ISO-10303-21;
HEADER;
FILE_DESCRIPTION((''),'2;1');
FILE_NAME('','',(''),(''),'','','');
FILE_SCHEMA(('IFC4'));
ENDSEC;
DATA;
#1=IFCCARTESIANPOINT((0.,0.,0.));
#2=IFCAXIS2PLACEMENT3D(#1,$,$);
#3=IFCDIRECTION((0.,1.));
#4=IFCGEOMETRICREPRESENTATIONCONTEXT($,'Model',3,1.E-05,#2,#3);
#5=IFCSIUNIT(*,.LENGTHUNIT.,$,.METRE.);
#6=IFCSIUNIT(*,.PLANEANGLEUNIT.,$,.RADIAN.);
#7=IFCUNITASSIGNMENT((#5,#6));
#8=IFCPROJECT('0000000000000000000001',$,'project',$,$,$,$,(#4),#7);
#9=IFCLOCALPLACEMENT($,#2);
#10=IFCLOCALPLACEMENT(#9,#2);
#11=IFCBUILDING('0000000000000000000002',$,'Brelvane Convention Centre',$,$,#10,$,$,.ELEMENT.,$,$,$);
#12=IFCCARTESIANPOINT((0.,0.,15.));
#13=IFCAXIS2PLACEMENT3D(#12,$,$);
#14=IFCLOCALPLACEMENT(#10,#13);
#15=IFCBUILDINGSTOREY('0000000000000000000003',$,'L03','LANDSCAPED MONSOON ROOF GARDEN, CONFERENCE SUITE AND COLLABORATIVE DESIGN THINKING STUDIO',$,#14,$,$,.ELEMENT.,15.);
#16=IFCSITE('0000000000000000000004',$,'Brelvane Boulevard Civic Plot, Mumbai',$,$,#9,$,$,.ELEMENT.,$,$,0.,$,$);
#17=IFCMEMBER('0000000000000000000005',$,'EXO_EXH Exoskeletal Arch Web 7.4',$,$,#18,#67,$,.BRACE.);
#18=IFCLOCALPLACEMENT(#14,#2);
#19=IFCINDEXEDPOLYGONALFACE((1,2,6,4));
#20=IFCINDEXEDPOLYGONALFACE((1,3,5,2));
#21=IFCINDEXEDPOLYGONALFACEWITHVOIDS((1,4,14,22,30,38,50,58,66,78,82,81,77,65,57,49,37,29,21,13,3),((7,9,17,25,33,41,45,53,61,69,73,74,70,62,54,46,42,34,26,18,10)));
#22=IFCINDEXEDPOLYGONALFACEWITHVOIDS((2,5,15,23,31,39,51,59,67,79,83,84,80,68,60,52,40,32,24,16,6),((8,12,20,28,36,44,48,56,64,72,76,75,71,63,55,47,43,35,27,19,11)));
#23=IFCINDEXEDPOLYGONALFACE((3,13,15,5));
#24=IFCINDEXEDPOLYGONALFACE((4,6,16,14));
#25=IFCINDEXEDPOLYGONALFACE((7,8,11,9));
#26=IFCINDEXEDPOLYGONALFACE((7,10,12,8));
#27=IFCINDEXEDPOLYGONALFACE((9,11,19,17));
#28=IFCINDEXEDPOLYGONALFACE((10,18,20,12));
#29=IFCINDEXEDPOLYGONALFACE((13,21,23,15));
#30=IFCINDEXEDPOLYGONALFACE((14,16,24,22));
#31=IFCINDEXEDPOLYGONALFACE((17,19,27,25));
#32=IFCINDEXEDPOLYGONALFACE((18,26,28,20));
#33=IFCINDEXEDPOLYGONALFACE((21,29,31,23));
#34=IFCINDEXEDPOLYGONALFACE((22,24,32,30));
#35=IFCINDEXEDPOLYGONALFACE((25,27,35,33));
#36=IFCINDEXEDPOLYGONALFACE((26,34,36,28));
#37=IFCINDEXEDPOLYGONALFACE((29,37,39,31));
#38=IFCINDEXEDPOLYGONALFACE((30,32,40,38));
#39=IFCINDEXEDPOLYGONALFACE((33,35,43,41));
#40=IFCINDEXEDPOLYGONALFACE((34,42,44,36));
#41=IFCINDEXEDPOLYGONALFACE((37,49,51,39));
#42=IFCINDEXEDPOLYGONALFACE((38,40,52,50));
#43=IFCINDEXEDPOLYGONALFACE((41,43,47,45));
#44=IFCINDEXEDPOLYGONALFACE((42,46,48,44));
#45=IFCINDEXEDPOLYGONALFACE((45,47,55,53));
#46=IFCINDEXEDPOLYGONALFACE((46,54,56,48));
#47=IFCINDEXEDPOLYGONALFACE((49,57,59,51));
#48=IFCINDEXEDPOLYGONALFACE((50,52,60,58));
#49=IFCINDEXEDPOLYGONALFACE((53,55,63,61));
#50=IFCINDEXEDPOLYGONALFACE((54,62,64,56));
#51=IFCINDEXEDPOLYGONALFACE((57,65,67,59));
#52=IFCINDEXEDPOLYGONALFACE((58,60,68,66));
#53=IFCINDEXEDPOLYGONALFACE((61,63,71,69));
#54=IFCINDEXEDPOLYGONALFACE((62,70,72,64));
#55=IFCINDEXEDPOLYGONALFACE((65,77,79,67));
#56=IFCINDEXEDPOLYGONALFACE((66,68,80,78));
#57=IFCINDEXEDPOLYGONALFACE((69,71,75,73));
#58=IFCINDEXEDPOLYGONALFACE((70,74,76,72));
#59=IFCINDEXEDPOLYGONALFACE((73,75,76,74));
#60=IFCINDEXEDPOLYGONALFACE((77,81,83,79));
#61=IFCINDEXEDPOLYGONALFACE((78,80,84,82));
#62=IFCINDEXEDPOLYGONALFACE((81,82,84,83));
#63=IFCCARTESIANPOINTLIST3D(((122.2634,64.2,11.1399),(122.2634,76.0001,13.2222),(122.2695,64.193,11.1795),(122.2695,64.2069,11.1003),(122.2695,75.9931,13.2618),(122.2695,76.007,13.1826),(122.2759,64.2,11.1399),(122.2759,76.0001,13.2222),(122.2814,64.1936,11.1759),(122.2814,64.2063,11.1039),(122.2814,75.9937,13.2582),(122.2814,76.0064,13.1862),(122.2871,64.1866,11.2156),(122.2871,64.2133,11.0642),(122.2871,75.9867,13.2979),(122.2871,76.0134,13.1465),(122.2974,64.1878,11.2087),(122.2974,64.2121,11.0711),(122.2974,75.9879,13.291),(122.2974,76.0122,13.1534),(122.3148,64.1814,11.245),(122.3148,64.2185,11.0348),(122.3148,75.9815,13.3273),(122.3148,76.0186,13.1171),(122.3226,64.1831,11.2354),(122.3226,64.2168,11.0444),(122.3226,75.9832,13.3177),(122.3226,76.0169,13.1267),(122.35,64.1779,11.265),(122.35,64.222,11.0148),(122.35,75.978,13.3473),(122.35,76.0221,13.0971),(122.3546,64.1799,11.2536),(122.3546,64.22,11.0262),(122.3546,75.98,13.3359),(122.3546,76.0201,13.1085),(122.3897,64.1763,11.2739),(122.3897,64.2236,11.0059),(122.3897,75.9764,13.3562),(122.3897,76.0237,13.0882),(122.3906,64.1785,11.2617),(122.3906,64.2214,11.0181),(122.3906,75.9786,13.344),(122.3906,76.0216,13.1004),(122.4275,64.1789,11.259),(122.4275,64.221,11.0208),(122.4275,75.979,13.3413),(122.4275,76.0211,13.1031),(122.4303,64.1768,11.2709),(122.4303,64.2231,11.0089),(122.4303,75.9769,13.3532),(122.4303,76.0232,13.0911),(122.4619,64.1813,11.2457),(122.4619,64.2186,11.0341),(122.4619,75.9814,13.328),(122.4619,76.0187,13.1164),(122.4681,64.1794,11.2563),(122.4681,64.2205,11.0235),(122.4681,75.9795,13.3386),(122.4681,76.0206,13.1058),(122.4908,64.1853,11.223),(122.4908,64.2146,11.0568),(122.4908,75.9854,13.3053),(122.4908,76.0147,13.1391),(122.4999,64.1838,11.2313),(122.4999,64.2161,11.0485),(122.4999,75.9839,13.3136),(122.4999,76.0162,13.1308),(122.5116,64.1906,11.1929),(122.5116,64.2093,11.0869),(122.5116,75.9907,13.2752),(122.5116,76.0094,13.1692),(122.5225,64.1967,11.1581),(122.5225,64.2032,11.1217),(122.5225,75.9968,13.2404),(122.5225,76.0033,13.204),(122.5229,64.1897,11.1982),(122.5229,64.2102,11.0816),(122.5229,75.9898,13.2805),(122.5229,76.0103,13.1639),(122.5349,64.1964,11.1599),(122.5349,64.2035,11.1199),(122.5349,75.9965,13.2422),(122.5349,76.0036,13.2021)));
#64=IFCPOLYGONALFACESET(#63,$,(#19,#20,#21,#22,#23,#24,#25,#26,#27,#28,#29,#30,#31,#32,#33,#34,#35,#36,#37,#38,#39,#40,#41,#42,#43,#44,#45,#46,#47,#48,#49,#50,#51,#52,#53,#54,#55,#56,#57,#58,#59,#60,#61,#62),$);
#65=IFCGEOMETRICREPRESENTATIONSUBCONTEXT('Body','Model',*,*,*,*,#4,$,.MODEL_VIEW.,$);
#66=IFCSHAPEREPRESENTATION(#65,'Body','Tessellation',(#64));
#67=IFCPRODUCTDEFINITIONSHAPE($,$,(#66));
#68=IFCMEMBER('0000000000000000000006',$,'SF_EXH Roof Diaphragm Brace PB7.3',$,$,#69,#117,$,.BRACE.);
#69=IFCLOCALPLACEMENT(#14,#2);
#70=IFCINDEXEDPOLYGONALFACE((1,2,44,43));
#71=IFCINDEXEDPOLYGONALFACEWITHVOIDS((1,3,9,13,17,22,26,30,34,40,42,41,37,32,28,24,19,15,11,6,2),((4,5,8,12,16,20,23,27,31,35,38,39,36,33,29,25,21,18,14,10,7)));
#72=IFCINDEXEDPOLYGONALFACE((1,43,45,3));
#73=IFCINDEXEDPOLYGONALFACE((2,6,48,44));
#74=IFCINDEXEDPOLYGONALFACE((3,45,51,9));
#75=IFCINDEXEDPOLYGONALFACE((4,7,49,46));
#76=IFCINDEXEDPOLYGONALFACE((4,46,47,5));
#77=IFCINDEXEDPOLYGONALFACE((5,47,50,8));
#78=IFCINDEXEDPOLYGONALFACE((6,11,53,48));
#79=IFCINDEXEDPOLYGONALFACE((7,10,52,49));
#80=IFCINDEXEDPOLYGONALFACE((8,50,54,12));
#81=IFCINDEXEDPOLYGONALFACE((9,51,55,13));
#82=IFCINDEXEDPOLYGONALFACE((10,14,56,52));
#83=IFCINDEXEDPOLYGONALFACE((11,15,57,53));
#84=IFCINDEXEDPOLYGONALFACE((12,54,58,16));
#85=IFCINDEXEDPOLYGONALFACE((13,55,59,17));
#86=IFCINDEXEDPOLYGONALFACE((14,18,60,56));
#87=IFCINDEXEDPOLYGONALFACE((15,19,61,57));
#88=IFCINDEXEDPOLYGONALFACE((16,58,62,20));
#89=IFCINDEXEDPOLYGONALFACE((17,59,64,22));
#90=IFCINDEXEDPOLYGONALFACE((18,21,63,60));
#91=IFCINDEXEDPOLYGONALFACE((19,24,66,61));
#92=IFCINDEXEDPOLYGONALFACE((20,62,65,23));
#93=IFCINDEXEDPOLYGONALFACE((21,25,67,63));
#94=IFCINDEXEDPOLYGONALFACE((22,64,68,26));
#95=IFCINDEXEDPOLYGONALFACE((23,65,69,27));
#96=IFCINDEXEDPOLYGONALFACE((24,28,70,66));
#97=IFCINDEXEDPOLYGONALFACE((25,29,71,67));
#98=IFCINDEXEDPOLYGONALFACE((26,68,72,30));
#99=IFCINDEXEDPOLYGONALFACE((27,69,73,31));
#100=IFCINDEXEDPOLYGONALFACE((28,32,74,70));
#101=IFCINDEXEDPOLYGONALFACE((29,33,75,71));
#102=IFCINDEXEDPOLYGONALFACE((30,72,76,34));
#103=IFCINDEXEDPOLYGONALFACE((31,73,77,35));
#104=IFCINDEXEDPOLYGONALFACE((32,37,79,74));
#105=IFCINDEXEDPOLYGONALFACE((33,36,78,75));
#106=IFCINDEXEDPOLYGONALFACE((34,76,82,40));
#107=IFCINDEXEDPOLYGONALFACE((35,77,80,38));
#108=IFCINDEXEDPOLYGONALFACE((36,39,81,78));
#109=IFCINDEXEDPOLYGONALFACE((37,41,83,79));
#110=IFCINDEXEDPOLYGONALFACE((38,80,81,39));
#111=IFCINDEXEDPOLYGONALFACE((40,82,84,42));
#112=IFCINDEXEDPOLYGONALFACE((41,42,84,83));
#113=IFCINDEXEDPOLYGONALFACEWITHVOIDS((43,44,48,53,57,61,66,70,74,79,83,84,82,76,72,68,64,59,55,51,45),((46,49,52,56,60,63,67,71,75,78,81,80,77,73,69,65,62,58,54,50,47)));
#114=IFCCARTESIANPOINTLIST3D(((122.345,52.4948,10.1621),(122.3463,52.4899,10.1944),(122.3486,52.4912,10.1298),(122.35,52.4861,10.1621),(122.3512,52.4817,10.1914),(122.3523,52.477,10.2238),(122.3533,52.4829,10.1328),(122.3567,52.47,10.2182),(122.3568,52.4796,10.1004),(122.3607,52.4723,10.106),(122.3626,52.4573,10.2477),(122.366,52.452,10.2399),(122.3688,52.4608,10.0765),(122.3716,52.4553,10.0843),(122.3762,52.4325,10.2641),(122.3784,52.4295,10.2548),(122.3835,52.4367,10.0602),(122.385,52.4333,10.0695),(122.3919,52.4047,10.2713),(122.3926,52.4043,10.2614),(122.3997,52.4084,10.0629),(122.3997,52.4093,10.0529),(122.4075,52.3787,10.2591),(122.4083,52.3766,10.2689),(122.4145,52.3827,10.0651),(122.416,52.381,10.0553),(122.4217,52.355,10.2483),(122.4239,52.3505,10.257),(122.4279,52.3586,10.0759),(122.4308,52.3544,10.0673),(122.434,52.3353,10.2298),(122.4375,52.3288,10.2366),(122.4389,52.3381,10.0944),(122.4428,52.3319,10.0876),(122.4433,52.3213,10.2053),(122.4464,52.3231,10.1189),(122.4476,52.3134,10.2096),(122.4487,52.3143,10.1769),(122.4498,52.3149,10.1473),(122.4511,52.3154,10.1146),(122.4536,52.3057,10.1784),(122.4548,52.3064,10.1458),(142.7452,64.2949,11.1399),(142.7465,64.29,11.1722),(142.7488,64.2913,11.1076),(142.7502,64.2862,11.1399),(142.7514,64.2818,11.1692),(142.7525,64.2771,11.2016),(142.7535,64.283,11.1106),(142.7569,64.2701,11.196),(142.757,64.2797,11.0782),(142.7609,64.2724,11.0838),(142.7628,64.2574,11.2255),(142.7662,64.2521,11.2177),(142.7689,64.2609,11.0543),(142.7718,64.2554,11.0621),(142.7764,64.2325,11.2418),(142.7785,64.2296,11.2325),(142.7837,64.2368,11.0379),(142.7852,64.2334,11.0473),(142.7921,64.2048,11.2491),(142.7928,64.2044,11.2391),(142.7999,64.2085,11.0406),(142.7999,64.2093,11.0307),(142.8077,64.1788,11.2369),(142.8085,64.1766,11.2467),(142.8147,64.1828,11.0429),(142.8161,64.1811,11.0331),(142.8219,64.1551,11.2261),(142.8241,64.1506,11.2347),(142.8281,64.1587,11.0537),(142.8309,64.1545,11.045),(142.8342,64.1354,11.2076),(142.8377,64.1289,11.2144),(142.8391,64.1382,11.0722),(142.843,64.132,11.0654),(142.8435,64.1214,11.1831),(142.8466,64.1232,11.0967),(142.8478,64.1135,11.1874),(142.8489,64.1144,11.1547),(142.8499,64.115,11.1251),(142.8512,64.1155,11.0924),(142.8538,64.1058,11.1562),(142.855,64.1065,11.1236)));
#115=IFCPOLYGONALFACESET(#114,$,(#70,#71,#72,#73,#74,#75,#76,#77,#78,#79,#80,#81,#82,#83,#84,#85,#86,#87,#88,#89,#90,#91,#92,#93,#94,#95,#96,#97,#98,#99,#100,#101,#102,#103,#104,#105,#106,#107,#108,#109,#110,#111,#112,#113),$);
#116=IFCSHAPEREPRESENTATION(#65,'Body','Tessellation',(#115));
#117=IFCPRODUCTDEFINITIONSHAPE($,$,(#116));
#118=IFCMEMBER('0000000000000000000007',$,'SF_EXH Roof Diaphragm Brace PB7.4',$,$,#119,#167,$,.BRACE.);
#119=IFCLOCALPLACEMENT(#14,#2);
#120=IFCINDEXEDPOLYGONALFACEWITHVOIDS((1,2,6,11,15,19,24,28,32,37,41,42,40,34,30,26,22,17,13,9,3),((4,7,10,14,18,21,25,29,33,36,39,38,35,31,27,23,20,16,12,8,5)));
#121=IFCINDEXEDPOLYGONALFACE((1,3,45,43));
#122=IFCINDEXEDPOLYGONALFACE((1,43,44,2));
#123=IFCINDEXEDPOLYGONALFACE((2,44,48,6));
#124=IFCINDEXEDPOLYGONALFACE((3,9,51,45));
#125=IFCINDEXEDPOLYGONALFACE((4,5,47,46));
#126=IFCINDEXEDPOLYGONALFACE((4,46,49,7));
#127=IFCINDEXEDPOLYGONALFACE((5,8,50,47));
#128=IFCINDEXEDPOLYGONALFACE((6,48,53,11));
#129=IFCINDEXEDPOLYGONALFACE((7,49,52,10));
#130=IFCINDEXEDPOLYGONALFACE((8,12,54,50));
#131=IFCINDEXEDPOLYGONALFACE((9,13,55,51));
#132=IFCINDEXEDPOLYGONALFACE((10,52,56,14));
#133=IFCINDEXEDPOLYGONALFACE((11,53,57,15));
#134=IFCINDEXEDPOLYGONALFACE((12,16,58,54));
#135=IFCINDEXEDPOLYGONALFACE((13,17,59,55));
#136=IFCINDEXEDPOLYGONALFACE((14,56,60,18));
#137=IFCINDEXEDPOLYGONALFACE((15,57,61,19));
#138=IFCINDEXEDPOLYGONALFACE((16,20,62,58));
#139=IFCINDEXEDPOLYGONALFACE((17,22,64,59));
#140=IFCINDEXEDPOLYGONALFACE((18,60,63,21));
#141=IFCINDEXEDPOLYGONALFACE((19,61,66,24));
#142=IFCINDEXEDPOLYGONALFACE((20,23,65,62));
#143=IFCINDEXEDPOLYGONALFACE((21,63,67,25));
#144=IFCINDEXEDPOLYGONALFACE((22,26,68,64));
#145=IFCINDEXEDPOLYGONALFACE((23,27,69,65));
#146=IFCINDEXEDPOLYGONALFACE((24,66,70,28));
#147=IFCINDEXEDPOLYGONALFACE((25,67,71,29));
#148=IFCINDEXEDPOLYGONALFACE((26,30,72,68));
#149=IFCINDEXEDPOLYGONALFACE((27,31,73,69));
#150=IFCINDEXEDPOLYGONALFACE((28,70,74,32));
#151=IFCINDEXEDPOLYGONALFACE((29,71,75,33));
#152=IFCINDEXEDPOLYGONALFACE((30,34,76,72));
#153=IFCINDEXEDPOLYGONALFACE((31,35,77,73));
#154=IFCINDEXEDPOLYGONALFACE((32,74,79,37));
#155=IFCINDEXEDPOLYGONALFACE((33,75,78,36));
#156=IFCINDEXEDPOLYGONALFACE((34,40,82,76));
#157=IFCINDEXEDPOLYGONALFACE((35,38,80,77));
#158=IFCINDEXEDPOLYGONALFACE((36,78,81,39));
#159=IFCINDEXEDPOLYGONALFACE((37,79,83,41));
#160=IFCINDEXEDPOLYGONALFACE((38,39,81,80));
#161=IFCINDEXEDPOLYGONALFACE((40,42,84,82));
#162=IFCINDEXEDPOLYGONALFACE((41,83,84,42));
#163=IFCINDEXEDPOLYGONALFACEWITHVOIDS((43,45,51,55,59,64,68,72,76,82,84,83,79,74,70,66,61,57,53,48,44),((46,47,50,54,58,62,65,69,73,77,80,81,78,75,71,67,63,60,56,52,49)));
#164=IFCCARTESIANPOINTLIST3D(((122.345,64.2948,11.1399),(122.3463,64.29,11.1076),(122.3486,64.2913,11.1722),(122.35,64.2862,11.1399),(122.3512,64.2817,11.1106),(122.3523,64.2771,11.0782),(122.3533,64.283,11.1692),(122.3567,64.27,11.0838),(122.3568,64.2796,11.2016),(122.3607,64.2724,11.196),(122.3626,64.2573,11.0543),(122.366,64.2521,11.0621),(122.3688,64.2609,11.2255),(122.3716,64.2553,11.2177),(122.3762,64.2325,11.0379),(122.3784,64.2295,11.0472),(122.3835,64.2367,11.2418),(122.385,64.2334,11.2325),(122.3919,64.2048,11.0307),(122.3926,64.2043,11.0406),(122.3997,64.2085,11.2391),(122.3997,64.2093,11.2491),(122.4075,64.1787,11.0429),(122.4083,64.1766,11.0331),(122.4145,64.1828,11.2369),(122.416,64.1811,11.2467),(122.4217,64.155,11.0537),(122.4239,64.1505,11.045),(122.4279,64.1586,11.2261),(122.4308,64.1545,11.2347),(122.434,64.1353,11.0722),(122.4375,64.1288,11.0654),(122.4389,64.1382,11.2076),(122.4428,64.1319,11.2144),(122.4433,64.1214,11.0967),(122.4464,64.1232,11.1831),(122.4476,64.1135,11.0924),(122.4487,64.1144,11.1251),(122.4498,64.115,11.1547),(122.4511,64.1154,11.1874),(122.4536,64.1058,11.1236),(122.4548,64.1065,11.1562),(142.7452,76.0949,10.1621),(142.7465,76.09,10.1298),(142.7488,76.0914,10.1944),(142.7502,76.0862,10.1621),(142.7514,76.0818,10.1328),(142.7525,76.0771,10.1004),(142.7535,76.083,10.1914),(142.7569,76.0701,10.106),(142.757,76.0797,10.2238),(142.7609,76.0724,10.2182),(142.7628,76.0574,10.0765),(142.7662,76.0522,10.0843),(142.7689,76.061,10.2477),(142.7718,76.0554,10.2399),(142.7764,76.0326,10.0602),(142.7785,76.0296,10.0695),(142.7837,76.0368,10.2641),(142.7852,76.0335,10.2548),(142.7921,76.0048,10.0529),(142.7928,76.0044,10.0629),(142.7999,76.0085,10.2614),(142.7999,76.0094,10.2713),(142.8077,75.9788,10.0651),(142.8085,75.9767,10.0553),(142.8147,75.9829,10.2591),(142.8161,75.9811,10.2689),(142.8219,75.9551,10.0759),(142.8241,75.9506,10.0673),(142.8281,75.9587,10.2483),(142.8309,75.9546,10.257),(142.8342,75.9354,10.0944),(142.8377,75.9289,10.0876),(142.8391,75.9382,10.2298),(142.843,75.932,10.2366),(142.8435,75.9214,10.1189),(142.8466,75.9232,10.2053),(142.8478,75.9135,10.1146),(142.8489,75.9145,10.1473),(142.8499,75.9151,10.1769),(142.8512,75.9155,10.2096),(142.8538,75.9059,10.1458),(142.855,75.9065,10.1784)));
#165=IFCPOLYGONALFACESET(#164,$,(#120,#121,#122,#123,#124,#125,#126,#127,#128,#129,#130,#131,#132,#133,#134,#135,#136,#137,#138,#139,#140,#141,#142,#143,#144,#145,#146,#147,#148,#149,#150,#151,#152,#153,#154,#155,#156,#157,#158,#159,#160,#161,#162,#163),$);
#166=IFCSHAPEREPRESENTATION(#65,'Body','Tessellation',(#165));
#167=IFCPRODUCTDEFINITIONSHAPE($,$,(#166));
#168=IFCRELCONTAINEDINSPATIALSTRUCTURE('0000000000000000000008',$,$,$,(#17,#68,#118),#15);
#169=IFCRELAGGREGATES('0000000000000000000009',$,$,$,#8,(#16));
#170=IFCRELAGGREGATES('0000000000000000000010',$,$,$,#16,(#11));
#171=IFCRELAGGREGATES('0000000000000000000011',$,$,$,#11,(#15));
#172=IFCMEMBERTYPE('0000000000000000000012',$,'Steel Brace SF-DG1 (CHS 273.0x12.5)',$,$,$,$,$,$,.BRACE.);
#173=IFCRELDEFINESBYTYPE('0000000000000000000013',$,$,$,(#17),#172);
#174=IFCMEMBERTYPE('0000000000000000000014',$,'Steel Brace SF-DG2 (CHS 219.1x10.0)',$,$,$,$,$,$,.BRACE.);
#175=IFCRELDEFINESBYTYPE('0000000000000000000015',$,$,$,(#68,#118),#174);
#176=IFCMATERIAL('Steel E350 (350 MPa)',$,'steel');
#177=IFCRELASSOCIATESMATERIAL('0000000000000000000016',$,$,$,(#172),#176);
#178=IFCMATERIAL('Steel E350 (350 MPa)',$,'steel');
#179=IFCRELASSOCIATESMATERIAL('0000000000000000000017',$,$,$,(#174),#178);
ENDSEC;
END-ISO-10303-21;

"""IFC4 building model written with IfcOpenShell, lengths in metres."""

from ifc_helpers import new_model, si_unit, direction, frame, origin, origin_2d, place, context, subcontext, project, spatial, hollow_circle, extrude, material, material_profile, profile_set, type_object, element, save


model = new_model("IFC4")

# Units and contexts
model_context = context("Model", 3, precision=1e-05, world=origin(), true_north=direction((0.0, 1.0)))
body_context = subcontext(model_context, "Body", "Model", "MODEL_VIEW")
ifc_project = project(units=[si_unit("LENGTHUNIT", "METRE"), si_unit("PLANEANGLEUNIT", "RADIAN")], contexts=[model_context])

# Site, building, storey
site_placement = place(None, origin())
site = spatial("IfcSite", under=ifc_project, at=site_placement, Name="Brelvane Boulevard Civic Plot, Mumbai", CompositionType="ELEMENT", RefElevation=0.0)
building_placement = place(site_placement, origin())
building = spatial("IfcBuilding", under=site, at=building_placement, Name="Brelvane Convention Centre", CompositionType="ELEMENT")
storey_placement = place(building_placement, frame((0.0, 0.0, 15.0)))
storey = spatial("IfcBuildingStorey", under=building, at=storey_placement, Name="L03", Description="LANDSCAPED MONSOON ROOF GARDEN, CONFERENCE SUITE AND COLLABORATIVE DESIGN THINKING STUDIO", CompositionType="ELEMENT", Elevation=15.0)

# Members
ifc_material_1 = material(Name="Steel E350 (350 MPa)", Category="steel")
ifc_material_profile_1 = material_profile(ifc_material_1, hollow_circle(Radius=0.1365, WallThickness=0.0125, at=origin_2d()), Name="CHS 273.0x12.5")
ifc_profile_set_1 = profile_set([ifc_material_profile_1], Name="Steel E350 (350 MPa)")
member_type_1 = type_object("IfcMemberType", Name="Steel Brace SF-DG1 (CHS 273.0x12.5)", PredefinedType="BRACE", material=ifc_profile_set_1)
member_1_placement = place(storey_placement, frame((122.3999, 64.2, 11.1399), z_axis=(0.0, 0.984785, 0.173778), x_axis=(-1.0, 0.0, 0.0)))
element("IfcMember", 1, at=member_1_placement, inside=storey, type_object=member_type_1, Name="EXO_EXH Exoskeletal Arch Web 7.4", PredefinedType="BRACE", context=body_context, shape_type="SweptSolid", body=[
    extrude(hollow_circle(Radius=0.1365, WallThickness=0.0125, at=origin_2d()), origin(), (0.0, 0.0, 1.0), 11.9824),
])
ifc_material_2 = material(Name="Steel E350 (350 MPa)", Category="steel")
ifc_material_profile_2 = material_profile(ifc_material_2, hollow_circle(Radius=0.1096, WallThickness=0.01, at=origin_2d()), Name="CHS 219.1x10.0")
ifc_profile_set_2 = profile_set([ifc_material_profile_2], Name="Steel E350 (350 MPa)")
member_type_2 = type_object("IfcMemberType", Name="Steel Brace SF-DG2 (CHS 219.1x10.0)", PredefinedType="BRACE", material=ifc_profile_set_2)
for number, where, z_axis, x_axis, name in (
    (2, (122.3999, 52.3999, 10.1621), (0.864876, 0.50027, 0.041454), (-0.500701, 0.865621, 0.0), "SF_EXH Roof Diaphragm Brace PB7.3"),
    (3, (122.3999, 64.2, 11.1399), (0.864876, 0.50027, -0.041454), (-0.500701, 0.865621, 0.0), "SF_EXH Roof Diaphragm Brace PB7.4"),
):
    element("IfcMember", number, at=place(storey_placement, frame(where, z_axis=z_axis, x_axis=x_axis)), inside=storey, type_object=member_type_2, Name=name, PredefinedType="BRACE", context=body_context, shape_type="SweptSolid", body=[
        extrude(hollow_circle(Radius=0.1096, WallThickness=0.01, at=origin_2d()), origin(), (0.0, 0.0, 1.0), 23.5874),
    ])

save(model, "model.ifc")
